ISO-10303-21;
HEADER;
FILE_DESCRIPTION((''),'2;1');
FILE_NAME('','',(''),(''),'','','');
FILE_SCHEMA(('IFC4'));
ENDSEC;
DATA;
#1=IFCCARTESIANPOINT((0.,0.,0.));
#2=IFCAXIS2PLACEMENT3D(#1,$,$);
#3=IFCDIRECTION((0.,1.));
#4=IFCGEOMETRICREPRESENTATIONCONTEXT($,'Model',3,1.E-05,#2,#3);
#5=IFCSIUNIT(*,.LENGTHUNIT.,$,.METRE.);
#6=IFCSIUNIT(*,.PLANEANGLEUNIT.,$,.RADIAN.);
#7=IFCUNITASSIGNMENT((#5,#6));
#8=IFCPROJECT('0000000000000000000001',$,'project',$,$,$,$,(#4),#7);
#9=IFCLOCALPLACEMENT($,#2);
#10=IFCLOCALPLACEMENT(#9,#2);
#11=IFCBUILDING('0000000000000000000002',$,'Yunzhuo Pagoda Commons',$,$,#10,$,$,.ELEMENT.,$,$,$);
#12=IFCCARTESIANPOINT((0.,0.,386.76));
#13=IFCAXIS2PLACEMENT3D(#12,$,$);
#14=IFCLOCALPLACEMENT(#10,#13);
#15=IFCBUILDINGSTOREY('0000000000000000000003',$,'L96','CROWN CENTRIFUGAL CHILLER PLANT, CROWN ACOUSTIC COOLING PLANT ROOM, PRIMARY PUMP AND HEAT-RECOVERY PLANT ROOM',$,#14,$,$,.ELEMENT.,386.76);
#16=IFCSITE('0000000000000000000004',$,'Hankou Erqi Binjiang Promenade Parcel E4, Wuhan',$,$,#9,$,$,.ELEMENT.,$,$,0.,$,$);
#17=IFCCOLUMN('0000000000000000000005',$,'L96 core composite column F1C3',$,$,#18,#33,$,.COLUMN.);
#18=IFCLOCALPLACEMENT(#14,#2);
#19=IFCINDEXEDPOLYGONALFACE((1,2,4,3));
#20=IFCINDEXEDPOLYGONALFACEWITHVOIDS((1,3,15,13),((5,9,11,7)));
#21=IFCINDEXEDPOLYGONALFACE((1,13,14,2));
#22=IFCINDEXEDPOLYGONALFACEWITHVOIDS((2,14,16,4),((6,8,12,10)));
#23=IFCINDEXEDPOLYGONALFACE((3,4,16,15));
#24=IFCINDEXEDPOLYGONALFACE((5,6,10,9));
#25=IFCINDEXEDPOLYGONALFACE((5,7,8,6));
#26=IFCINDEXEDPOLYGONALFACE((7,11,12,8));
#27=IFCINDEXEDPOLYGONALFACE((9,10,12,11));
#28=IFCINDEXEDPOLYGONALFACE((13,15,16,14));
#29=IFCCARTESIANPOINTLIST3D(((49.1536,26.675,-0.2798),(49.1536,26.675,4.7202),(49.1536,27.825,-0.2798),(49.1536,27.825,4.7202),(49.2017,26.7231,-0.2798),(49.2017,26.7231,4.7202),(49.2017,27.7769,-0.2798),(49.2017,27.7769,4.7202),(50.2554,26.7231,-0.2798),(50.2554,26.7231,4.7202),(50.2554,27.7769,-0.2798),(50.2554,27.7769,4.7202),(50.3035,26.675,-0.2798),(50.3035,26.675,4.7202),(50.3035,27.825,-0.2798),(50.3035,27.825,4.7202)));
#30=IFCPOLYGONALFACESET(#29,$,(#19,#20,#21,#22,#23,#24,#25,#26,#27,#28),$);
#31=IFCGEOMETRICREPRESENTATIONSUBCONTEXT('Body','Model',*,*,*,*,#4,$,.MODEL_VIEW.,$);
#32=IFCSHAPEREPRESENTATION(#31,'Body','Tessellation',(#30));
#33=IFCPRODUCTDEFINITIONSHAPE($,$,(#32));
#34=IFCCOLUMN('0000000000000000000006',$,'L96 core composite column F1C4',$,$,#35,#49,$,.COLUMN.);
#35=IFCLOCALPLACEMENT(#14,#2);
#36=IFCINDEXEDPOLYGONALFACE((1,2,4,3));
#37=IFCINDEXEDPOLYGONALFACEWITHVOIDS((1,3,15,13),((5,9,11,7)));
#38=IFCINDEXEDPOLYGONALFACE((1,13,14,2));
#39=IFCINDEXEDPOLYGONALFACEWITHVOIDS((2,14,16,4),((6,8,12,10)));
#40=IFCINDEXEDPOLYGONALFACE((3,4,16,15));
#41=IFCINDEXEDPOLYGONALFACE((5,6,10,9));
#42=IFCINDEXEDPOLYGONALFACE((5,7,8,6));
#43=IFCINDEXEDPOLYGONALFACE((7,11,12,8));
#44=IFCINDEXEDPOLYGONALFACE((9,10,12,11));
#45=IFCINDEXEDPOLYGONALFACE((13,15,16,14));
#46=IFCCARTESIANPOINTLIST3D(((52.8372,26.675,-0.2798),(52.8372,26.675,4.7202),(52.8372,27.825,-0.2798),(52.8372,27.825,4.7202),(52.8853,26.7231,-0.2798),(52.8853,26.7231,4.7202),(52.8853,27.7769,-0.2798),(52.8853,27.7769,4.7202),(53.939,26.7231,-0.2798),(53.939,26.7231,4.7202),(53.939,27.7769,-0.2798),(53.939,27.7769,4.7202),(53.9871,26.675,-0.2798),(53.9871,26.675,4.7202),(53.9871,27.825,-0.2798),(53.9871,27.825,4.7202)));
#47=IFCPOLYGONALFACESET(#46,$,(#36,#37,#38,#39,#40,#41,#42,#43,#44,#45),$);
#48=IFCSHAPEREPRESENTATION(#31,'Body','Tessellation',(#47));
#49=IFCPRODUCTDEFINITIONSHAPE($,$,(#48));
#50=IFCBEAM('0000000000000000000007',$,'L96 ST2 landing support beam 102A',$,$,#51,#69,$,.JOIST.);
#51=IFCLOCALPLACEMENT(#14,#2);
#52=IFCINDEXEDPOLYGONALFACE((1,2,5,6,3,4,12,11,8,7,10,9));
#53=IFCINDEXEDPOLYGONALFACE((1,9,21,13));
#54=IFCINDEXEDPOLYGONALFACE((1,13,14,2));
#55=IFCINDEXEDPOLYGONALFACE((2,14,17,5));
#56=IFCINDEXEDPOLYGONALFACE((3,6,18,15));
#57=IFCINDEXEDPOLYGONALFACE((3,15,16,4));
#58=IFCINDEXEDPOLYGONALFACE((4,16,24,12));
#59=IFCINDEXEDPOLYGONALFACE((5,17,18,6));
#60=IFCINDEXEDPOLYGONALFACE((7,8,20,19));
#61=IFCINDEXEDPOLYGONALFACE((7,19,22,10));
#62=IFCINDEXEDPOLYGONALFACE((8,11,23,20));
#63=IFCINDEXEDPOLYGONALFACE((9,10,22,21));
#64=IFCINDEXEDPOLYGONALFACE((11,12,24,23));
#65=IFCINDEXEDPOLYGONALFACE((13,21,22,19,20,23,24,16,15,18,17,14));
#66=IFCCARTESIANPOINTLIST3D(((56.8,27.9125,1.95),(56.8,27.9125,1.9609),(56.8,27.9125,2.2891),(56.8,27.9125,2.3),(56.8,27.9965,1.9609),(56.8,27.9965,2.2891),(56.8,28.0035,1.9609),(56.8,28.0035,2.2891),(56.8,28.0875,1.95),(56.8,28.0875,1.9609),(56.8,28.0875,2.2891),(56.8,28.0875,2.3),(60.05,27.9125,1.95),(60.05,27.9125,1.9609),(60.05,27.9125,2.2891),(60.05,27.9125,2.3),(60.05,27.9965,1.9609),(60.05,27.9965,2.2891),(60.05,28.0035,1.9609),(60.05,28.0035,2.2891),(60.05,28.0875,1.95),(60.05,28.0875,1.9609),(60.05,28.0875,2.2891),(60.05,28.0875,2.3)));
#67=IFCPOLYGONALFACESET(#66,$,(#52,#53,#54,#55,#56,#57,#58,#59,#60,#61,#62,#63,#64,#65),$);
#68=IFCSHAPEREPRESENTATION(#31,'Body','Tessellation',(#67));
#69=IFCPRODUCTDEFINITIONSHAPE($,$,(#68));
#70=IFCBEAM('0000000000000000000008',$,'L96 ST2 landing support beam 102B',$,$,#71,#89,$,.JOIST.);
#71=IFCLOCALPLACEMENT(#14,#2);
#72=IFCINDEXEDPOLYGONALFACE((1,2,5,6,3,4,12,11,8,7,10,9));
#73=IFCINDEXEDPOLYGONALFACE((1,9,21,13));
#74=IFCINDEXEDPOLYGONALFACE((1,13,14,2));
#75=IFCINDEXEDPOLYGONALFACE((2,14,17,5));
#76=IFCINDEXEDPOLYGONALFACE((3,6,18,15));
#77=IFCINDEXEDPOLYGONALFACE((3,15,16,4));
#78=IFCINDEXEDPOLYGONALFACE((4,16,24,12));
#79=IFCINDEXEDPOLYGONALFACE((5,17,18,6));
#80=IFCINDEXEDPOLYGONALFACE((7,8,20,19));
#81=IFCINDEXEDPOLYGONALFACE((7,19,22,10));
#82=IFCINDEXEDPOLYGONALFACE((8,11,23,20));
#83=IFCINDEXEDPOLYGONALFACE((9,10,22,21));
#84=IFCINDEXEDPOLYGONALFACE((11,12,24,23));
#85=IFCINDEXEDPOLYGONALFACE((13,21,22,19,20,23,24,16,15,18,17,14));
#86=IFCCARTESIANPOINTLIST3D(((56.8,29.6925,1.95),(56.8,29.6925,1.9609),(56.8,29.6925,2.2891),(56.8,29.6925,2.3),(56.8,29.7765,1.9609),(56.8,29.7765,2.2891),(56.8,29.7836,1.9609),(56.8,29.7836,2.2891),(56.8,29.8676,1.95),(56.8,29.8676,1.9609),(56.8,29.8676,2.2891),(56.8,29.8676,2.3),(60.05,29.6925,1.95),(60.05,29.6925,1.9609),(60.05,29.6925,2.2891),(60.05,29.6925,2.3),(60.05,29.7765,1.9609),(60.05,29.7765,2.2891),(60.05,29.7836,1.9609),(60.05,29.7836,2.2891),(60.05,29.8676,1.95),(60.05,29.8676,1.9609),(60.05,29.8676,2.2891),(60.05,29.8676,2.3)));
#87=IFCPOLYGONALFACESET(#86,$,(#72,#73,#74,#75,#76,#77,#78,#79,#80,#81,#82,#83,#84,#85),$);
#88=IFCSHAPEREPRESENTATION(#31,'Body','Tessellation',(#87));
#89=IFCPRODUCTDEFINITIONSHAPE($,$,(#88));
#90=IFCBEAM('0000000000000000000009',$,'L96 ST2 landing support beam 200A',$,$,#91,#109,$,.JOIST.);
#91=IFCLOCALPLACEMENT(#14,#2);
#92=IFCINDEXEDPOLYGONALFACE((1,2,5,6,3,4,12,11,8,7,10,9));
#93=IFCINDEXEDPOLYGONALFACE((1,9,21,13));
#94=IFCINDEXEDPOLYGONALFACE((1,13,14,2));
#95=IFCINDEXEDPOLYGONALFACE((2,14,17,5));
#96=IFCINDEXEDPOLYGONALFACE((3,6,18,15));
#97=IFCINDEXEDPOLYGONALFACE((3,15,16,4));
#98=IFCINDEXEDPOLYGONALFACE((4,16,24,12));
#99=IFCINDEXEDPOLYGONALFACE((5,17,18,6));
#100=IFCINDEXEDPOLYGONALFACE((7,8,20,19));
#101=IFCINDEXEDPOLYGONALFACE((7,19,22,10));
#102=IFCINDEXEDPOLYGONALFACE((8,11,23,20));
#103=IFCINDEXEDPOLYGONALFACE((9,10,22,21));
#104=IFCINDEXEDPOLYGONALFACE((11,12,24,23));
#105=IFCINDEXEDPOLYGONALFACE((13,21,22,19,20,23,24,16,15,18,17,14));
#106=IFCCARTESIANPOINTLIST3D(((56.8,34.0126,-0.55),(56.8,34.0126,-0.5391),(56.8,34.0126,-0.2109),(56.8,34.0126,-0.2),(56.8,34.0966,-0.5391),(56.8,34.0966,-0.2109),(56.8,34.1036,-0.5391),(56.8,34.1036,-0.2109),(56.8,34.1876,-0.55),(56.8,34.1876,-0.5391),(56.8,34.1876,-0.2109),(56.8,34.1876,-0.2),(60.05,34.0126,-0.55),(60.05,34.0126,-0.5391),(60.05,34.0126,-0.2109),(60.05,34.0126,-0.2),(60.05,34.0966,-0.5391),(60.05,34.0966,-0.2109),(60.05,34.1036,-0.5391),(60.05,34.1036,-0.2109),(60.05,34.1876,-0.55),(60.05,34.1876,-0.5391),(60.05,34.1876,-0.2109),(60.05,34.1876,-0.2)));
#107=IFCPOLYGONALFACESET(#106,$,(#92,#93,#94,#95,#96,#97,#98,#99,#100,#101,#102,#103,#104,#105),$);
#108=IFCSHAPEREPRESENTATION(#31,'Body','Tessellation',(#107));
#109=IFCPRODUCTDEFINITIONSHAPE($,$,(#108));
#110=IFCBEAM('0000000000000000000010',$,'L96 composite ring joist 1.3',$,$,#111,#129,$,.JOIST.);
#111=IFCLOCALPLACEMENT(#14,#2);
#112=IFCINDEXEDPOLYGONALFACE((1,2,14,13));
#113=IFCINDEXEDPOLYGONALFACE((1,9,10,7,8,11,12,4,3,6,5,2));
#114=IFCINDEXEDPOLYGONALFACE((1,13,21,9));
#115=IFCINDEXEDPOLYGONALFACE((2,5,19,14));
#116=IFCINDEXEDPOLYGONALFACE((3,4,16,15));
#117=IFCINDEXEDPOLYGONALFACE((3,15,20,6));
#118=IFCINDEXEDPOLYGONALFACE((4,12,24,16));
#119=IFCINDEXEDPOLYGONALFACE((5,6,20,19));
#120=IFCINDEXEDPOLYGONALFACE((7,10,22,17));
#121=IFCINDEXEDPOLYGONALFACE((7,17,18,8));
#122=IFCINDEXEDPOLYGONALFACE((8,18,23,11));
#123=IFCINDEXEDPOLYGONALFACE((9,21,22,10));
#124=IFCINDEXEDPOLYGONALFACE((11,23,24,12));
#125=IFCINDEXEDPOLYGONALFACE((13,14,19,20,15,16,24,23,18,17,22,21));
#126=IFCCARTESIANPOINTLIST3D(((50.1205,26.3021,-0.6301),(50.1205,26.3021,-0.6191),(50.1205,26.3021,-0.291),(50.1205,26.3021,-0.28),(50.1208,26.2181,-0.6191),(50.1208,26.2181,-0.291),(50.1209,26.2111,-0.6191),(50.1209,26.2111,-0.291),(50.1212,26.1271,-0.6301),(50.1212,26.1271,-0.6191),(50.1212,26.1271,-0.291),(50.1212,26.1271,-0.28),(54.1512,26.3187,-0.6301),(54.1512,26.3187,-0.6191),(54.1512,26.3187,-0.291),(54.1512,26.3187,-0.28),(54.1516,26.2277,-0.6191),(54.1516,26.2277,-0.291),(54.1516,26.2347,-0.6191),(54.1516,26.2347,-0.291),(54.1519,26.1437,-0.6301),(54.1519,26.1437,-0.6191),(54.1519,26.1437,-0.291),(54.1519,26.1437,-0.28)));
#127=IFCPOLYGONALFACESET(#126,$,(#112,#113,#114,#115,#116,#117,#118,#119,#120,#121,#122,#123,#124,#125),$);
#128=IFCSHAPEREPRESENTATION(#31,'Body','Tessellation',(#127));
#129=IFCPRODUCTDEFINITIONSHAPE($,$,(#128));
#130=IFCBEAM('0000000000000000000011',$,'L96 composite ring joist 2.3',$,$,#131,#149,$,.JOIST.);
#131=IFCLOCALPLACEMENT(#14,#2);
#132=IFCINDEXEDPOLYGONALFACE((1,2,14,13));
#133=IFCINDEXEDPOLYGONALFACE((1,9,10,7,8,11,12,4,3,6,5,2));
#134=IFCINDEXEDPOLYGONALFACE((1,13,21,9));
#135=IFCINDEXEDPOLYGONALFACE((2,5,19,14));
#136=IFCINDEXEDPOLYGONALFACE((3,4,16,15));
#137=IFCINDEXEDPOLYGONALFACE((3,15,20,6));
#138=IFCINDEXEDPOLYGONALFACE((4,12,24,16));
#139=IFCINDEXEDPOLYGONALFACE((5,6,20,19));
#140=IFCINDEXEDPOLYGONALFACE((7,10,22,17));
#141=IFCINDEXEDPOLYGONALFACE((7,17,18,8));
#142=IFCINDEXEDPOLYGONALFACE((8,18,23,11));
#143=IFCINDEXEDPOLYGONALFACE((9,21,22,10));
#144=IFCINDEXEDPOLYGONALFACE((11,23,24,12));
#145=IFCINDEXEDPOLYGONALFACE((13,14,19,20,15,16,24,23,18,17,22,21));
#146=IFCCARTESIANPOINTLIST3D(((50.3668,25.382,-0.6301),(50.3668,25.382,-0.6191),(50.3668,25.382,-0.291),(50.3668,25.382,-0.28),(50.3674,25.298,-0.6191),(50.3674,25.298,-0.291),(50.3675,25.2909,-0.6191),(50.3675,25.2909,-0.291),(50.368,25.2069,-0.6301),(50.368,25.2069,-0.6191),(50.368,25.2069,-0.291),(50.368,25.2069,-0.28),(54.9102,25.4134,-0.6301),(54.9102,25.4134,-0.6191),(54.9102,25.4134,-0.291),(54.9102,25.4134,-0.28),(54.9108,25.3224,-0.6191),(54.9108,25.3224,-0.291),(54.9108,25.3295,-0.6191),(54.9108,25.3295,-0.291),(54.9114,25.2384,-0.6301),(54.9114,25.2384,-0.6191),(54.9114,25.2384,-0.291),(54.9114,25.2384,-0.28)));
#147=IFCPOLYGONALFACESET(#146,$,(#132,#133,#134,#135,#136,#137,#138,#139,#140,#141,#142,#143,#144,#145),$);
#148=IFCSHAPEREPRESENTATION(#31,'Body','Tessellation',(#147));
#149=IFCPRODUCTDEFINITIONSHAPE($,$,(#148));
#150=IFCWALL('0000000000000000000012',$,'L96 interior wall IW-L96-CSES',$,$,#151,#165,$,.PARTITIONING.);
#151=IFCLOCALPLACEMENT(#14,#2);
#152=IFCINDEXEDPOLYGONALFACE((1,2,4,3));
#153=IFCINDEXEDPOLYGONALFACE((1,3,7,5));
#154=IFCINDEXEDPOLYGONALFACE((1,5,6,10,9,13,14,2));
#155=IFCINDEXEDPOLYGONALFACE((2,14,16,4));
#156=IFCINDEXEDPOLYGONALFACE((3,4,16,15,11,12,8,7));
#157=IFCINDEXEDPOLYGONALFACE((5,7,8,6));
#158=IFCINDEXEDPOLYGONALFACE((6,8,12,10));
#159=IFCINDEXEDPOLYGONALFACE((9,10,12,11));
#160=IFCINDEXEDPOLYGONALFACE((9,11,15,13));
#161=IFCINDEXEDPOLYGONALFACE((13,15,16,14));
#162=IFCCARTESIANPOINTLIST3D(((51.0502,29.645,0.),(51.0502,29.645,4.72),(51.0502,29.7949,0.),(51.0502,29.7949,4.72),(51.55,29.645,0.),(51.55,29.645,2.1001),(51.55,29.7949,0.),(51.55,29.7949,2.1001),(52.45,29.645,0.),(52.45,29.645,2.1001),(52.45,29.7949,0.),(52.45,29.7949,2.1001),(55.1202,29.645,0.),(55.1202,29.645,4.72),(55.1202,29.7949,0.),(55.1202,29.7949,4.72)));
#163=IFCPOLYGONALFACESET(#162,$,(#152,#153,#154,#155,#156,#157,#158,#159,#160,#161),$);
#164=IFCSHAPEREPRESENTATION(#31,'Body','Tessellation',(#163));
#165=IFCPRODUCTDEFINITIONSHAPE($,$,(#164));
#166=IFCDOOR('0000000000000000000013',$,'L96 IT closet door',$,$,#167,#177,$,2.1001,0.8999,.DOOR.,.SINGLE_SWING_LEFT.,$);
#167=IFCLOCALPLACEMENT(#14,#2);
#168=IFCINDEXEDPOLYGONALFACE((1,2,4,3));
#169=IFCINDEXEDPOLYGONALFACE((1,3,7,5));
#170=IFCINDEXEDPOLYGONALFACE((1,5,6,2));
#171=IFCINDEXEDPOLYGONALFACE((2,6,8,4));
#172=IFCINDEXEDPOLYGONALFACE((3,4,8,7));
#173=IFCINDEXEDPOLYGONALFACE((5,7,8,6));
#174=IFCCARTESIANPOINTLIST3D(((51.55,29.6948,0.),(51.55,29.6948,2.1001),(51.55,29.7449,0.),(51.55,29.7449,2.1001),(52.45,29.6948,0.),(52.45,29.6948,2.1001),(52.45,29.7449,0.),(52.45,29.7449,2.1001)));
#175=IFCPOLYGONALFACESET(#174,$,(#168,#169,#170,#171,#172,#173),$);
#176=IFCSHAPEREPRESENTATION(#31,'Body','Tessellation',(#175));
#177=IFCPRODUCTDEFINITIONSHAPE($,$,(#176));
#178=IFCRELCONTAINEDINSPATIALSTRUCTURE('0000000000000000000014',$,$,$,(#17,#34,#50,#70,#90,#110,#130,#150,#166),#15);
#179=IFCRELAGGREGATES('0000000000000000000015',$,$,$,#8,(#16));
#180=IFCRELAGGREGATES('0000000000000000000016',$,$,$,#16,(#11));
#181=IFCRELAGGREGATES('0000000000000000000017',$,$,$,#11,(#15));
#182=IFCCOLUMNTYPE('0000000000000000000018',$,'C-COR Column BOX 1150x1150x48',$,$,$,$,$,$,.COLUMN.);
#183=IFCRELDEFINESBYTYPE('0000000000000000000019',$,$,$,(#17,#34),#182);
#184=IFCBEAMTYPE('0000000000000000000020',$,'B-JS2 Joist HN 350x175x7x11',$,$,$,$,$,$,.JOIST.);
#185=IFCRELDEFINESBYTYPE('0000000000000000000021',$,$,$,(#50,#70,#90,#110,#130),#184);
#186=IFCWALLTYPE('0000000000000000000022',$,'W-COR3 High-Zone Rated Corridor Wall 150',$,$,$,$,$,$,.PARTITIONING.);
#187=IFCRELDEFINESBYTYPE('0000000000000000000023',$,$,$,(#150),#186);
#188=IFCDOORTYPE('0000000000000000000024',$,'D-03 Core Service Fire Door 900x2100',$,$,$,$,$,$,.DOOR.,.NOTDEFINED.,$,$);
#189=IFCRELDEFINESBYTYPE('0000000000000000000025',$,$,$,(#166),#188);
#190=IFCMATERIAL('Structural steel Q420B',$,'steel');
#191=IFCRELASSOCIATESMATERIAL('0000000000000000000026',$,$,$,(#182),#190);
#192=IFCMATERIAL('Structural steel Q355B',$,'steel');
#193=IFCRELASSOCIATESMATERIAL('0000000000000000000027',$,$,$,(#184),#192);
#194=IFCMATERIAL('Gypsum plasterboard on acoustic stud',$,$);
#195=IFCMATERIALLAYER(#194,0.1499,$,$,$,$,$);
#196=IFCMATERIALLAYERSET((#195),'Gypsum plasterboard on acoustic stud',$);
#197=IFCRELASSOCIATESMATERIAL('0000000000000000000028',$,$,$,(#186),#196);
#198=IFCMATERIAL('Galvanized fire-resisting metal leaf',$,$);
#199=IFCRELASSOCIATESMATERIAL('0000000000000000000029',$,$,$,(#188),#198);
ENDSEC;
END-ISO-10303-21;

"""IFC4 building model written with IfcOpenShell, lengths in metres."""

from ifc_helpers import new_model, si_unit, direction, frame, frame_2d, origin, origin_with_axes, origin_2d, place, context, subcontext, project, spatial, rectangle, hollow_rectangle, i_section, extrude, source, transform, mapped, material, layer, layer_set, material_profile, profile_set, type_object, element, fill, save


model = new_model("IFC4")

# Units and contexts
model_context = context("Model", 3, precision=1e-05, world=origin(), true_north=direction((0.0, 1.0)))
body_context = subcontext(model_context, "Body", "Model", "MODEL_VIEW")
ifc_project = project(units=[si_unit("LENGTHUNIT", "METRE"), si_unit("PLANEANGLEUNIT", "RADIAN")], contexts=[model_context])

# Site, building, storey
site_placement = place(None, origin())
site = spatial("IfcSite", under=ifc_project, at=site_placement, Name="Hankou Erqi Binjiang Promenade Parcel E4, Wuhan", CompositionType="ELEMENT", RefElevation=0.0)
building_placement = place(site_placement, origin())
building = spatial("IfcBuilding", under=site, at=building_placement, Name="Yunzhuo Pagoda Commons", CompositionType="ELEMENT")
storey_placement = place(building_placement, frame((0.0, 0.0, 386.76)))
storey = spatial("IfcBuildingStorey", under=building, at=storey_placement, Name="L96", Description="CROWN CENTRIFUGAL CHILLER PLANT, CROWN ACOUSTIC COOLING PLANT ROOM, PRIMARY PUMP AND HEAT-RECOVERY PLANT ROOM", CompositionType="ELEMENT", Elevation=386.76)

# Columns
ifc_material_1 = material(Name="Structural steel Q420B", Category="steel")
ifc_material_profile_1 = material_profile(ifc_material_1, hollow_rectangle(XDim=1.1499, YDim=1.1499, WallThickness=0.0481, at=origin_2d()), Name="Structural steel Q420B")
ifc_profile_set_1 = profile_set([ifc_material_profile_1], Name="Structural steel Q420B")
column_type = type_object("IfcColumnType", Name="C-COR Column BOX 1150x1150x48", PredefinedType="COLUMN", material=ifc_profile_set_1)
shared_shape_1 = source(origin(), body_context, "Body", "SweptSolid", [
    extrude(hollow_rectangle(XDim=1.1499, YDim=1.1499, WallThickness=0.0481, at=origin_2d()), origin(), (0.0, 0.0, 1.0), 5.0),
])
for number, where, z_axis, x_axis, name in (
    (1, (49.7285, 27.25, -0.2798), (0.0, 0.0, 1.0), (1.0, 0.0, 0.0), "L96 core composite column F1C3"),
    (2, (53.4121, 27.25, -0.2798), (0.0, 0.0, 1.0), (1.0, 0.0, 0.0), "L96 core composite column F1C4"),
):
    element("IfcColumn", number, at=place(storey_placement, frame(where, z_axis=z_axis, x_axis=x_axis)), inside=storey, type_object=column_type, Name=name, PredefinedType="COLUMN", context=body_context, shape_type="MappedRepresentation", body=[
        mapped(shared_shape_1, transform((0.0, 0.0, 0.0), scale=1.0)),
    ])

# Beams
ifc_material_2 = material(Name="Structural steel Q355B", Category="steel")
ifc_material_profile_2 = material_profile(ifc_material_2, i_section(OverallWidth=0.175, OverallDepth=0.3501, WebThickness=0.0071, FlangeThickness=0.011, at=origin_2d()), Name="Structural steel Q355B")
ifc_profile_set_2 = profile_set([ifc_material_profile_2], Name="Structural steel Q355B")
beam_type = type_object("IfcBeamType", Name="B-JS2 Joist HN 350x175x7x11", PredefinedType="JOIST", material=ifc_profile_set_2)
shared_shape_2 = source(origin(), body_context, "Body", "SweptSolid", [
    extrude(i_section(OverallWidth=0.175, OverallDepth=0.3501, WebThickness=0.0071, FlangeThickness=0.011, at=origin_2d()), origin(), (0.0, 0.0, 1.0), 3.25),
])
for number, where, z_axis, x_axis, name in (
    (3, (56.8, 28.0, 2.125), (1.0, 0.0, 0.0), (0.0, 1.0, 0.0), "L96 ST2 landing support beam 102A"),
    (4, (56.8, 29.78, 2.125), (1.0, 0.0, 0.0), (0.0, 1.0, 0.0), "L96 ST2 landing support beam 102B"),
    (5, (56.8, 34.1001, -0.375), (1.0, 0.0, 0.0), (0.0, 1.0, 0.0), "L96 ST2 landing support beam 200A"),
):
    element("IfcBeam", number, at=place(storey_placement, frame(where, z_axis=z_axis, x_axis=x_axis)), inside=storey, type_object=beam_type, Name=name, PredefinedType="JOIST", context=body_context, shape_type="MappedRepresentation", body=[
        mapped(shared_shape_2, transform((0.0, 0.0, 0.0), scale=1.0)),
    ])
shared_shape_3 = source(origin(), body_context, "Body", "SweptSolid", [
    extrude(i_section(OverallWidth=0.175, OverallDepth=0.3501, WebThickness=0.0071, FlangeThickness=0.011, at=origin_2d()), origin(), (0.0, 0.0, 1.0), 4.0308),
])
beam_1_placement = place(storey_placement, frame((50.1208, 26.2146, -0.4551), z_axis=(0.999992, 0.004119, 0.0), x_axis=(-0.004119, 0.999992, 0.0)))
element("IfcBeam", 6, at=beam_1_placement, inside=storey, type_object=beam_type, Name="L96 composite ring joist 1.3", PredefinedType="JOIST", context=body_context, shape_type="MappedRepresentation", body=[
    mapped(shared_shape_3, transform((0.0, 0.0, 0.0), scale=1.0)),
])
shared_shape_4 = source(origin(), body_context, "Body", "SweptSolid", [
    extrude(i_section(OverallWidth=0.175, OverallDepth=0.3501, WebThickness=0.0071, FlangeThickness=0.011, at=origin_2d()), origin(), (0.0, 0.0, 1.0), 4.5435),
])
beam_2_placement = place(storey_placement, frame((50.3674, 25.2944, -0.4551), z_axis=(0.999976, 0.006932, 0.0), x_axis=(-0.006932, 0.999976, 0.0)))
element("IfcBeam", 7, at=beam_2_placement, inside=storey, type_object=beam_type, Name="L96 composite ring joist 2.3", PredefinedType="JOIST", context=body_context, shape_type="MappedRepresentation", body=[
    mapped(shared_shape_4, transform((0.0, 0.0, 0.0), scale=1.0)),
])

# Wall, opening, door
ifc_material_3 = material(Name="Gypsum plasterboard on acoustic stud")
ifc_layer_1 = layer(ifc_material_3, 0.1499)
ifc_layer_set_1 = layer_set([ifc_layer_1], Name="Gypsum plasterboard on acoustic stud")
wall_type_1 = type_object("IfcWallType", Name="W-COR3 High-Zone Rated Corridor Wall 150", PredefinedType="PARTITIONING", material=ifc_layer_set_1)
wall_1_placement = place(storey_placement, frame((51.05, 29.72, 0.0), z_axis=(0.0, 0.0, 1.0), x_axis=(1.0, 0.0, 0.0)))
wall_1 = element("IfcWall", 8, at=wall_1_placement, inside=storey, type_object=wall_type_1, Name="L96 interior wall IW-L96-CSES", PredefinedType="PARTITIONING", context=body_context, shape_type="SweptSolid", body=[
    extrude(rectangle(XDim=4.0701, YDim=0.1499, at=frame_2d((2.0352, 0.0))), origin(), (0.0, 0.0, 1.0), 4.72),
])
opening_1_placement = place(wall_1_placement, frame((0.5, 0.0, 0.0)))
opening_1 = element("IfcOpeningElement", 9, at=opening_1_placement, cuts=wall_1, PredefinedType="OPENING", context=body_context, shape_type="SweptSolid", body=[
    extrude(rectangle(XDim=0.8999, YDim=2.1001, at=frame_2d((0.45, 1.05))), frame((0.0, 0.085, 0.0), z_axis=(0.0, -1.0, 0.0), x_axis=(1.0, 0.0, 0.0)), (0.0, 0.0, 1.0), 0.1699),
])
ifc_material_4 = material(Name="Galvanized fire-resisting metal leaf")
door_type_1 = type_object("IfcDoorType", Name="D-03 Core Service Fire Door 900x2100", OperationType="NOTDEFINED", PredefinedType="DOOR", material=ifc_material_4)
shared_shape_5 = source(origin(), body_context, "Body", "SweptSolid", [
    extrude(rectangle(XDim=0.8999, YDim=2.1001, at=frame_2d((0.45, 1.05))), frame((0.0, 0.0249, 0.0), z_axis=(0.0, -1.0, 0.0), x_axis=(1.0, 0.0, 0.0)), (0.0, 0.0, 1.0), 0.05),
])
door_1_placement = place(opening_1_placement, origin_with_axes())
door_1 = element("IfcDoor", 10, at=door_1_placement, inside=storey, type_object=door_type_1, Name="L96 IT closet door", OperationType="SINGLE_SWING_LEFT", OverallHeight=2.1001, OverallWidth=0.8999, PredefinedType="DOOR", context=body_context, shape_type="MappedRepresentation", body=[
    mapped(shared_shape_5, transform((0.0, 0.0, 0.0), scale=1.0)),
])
fill(opening_1, door_1)

save(model, "model.ifc")
